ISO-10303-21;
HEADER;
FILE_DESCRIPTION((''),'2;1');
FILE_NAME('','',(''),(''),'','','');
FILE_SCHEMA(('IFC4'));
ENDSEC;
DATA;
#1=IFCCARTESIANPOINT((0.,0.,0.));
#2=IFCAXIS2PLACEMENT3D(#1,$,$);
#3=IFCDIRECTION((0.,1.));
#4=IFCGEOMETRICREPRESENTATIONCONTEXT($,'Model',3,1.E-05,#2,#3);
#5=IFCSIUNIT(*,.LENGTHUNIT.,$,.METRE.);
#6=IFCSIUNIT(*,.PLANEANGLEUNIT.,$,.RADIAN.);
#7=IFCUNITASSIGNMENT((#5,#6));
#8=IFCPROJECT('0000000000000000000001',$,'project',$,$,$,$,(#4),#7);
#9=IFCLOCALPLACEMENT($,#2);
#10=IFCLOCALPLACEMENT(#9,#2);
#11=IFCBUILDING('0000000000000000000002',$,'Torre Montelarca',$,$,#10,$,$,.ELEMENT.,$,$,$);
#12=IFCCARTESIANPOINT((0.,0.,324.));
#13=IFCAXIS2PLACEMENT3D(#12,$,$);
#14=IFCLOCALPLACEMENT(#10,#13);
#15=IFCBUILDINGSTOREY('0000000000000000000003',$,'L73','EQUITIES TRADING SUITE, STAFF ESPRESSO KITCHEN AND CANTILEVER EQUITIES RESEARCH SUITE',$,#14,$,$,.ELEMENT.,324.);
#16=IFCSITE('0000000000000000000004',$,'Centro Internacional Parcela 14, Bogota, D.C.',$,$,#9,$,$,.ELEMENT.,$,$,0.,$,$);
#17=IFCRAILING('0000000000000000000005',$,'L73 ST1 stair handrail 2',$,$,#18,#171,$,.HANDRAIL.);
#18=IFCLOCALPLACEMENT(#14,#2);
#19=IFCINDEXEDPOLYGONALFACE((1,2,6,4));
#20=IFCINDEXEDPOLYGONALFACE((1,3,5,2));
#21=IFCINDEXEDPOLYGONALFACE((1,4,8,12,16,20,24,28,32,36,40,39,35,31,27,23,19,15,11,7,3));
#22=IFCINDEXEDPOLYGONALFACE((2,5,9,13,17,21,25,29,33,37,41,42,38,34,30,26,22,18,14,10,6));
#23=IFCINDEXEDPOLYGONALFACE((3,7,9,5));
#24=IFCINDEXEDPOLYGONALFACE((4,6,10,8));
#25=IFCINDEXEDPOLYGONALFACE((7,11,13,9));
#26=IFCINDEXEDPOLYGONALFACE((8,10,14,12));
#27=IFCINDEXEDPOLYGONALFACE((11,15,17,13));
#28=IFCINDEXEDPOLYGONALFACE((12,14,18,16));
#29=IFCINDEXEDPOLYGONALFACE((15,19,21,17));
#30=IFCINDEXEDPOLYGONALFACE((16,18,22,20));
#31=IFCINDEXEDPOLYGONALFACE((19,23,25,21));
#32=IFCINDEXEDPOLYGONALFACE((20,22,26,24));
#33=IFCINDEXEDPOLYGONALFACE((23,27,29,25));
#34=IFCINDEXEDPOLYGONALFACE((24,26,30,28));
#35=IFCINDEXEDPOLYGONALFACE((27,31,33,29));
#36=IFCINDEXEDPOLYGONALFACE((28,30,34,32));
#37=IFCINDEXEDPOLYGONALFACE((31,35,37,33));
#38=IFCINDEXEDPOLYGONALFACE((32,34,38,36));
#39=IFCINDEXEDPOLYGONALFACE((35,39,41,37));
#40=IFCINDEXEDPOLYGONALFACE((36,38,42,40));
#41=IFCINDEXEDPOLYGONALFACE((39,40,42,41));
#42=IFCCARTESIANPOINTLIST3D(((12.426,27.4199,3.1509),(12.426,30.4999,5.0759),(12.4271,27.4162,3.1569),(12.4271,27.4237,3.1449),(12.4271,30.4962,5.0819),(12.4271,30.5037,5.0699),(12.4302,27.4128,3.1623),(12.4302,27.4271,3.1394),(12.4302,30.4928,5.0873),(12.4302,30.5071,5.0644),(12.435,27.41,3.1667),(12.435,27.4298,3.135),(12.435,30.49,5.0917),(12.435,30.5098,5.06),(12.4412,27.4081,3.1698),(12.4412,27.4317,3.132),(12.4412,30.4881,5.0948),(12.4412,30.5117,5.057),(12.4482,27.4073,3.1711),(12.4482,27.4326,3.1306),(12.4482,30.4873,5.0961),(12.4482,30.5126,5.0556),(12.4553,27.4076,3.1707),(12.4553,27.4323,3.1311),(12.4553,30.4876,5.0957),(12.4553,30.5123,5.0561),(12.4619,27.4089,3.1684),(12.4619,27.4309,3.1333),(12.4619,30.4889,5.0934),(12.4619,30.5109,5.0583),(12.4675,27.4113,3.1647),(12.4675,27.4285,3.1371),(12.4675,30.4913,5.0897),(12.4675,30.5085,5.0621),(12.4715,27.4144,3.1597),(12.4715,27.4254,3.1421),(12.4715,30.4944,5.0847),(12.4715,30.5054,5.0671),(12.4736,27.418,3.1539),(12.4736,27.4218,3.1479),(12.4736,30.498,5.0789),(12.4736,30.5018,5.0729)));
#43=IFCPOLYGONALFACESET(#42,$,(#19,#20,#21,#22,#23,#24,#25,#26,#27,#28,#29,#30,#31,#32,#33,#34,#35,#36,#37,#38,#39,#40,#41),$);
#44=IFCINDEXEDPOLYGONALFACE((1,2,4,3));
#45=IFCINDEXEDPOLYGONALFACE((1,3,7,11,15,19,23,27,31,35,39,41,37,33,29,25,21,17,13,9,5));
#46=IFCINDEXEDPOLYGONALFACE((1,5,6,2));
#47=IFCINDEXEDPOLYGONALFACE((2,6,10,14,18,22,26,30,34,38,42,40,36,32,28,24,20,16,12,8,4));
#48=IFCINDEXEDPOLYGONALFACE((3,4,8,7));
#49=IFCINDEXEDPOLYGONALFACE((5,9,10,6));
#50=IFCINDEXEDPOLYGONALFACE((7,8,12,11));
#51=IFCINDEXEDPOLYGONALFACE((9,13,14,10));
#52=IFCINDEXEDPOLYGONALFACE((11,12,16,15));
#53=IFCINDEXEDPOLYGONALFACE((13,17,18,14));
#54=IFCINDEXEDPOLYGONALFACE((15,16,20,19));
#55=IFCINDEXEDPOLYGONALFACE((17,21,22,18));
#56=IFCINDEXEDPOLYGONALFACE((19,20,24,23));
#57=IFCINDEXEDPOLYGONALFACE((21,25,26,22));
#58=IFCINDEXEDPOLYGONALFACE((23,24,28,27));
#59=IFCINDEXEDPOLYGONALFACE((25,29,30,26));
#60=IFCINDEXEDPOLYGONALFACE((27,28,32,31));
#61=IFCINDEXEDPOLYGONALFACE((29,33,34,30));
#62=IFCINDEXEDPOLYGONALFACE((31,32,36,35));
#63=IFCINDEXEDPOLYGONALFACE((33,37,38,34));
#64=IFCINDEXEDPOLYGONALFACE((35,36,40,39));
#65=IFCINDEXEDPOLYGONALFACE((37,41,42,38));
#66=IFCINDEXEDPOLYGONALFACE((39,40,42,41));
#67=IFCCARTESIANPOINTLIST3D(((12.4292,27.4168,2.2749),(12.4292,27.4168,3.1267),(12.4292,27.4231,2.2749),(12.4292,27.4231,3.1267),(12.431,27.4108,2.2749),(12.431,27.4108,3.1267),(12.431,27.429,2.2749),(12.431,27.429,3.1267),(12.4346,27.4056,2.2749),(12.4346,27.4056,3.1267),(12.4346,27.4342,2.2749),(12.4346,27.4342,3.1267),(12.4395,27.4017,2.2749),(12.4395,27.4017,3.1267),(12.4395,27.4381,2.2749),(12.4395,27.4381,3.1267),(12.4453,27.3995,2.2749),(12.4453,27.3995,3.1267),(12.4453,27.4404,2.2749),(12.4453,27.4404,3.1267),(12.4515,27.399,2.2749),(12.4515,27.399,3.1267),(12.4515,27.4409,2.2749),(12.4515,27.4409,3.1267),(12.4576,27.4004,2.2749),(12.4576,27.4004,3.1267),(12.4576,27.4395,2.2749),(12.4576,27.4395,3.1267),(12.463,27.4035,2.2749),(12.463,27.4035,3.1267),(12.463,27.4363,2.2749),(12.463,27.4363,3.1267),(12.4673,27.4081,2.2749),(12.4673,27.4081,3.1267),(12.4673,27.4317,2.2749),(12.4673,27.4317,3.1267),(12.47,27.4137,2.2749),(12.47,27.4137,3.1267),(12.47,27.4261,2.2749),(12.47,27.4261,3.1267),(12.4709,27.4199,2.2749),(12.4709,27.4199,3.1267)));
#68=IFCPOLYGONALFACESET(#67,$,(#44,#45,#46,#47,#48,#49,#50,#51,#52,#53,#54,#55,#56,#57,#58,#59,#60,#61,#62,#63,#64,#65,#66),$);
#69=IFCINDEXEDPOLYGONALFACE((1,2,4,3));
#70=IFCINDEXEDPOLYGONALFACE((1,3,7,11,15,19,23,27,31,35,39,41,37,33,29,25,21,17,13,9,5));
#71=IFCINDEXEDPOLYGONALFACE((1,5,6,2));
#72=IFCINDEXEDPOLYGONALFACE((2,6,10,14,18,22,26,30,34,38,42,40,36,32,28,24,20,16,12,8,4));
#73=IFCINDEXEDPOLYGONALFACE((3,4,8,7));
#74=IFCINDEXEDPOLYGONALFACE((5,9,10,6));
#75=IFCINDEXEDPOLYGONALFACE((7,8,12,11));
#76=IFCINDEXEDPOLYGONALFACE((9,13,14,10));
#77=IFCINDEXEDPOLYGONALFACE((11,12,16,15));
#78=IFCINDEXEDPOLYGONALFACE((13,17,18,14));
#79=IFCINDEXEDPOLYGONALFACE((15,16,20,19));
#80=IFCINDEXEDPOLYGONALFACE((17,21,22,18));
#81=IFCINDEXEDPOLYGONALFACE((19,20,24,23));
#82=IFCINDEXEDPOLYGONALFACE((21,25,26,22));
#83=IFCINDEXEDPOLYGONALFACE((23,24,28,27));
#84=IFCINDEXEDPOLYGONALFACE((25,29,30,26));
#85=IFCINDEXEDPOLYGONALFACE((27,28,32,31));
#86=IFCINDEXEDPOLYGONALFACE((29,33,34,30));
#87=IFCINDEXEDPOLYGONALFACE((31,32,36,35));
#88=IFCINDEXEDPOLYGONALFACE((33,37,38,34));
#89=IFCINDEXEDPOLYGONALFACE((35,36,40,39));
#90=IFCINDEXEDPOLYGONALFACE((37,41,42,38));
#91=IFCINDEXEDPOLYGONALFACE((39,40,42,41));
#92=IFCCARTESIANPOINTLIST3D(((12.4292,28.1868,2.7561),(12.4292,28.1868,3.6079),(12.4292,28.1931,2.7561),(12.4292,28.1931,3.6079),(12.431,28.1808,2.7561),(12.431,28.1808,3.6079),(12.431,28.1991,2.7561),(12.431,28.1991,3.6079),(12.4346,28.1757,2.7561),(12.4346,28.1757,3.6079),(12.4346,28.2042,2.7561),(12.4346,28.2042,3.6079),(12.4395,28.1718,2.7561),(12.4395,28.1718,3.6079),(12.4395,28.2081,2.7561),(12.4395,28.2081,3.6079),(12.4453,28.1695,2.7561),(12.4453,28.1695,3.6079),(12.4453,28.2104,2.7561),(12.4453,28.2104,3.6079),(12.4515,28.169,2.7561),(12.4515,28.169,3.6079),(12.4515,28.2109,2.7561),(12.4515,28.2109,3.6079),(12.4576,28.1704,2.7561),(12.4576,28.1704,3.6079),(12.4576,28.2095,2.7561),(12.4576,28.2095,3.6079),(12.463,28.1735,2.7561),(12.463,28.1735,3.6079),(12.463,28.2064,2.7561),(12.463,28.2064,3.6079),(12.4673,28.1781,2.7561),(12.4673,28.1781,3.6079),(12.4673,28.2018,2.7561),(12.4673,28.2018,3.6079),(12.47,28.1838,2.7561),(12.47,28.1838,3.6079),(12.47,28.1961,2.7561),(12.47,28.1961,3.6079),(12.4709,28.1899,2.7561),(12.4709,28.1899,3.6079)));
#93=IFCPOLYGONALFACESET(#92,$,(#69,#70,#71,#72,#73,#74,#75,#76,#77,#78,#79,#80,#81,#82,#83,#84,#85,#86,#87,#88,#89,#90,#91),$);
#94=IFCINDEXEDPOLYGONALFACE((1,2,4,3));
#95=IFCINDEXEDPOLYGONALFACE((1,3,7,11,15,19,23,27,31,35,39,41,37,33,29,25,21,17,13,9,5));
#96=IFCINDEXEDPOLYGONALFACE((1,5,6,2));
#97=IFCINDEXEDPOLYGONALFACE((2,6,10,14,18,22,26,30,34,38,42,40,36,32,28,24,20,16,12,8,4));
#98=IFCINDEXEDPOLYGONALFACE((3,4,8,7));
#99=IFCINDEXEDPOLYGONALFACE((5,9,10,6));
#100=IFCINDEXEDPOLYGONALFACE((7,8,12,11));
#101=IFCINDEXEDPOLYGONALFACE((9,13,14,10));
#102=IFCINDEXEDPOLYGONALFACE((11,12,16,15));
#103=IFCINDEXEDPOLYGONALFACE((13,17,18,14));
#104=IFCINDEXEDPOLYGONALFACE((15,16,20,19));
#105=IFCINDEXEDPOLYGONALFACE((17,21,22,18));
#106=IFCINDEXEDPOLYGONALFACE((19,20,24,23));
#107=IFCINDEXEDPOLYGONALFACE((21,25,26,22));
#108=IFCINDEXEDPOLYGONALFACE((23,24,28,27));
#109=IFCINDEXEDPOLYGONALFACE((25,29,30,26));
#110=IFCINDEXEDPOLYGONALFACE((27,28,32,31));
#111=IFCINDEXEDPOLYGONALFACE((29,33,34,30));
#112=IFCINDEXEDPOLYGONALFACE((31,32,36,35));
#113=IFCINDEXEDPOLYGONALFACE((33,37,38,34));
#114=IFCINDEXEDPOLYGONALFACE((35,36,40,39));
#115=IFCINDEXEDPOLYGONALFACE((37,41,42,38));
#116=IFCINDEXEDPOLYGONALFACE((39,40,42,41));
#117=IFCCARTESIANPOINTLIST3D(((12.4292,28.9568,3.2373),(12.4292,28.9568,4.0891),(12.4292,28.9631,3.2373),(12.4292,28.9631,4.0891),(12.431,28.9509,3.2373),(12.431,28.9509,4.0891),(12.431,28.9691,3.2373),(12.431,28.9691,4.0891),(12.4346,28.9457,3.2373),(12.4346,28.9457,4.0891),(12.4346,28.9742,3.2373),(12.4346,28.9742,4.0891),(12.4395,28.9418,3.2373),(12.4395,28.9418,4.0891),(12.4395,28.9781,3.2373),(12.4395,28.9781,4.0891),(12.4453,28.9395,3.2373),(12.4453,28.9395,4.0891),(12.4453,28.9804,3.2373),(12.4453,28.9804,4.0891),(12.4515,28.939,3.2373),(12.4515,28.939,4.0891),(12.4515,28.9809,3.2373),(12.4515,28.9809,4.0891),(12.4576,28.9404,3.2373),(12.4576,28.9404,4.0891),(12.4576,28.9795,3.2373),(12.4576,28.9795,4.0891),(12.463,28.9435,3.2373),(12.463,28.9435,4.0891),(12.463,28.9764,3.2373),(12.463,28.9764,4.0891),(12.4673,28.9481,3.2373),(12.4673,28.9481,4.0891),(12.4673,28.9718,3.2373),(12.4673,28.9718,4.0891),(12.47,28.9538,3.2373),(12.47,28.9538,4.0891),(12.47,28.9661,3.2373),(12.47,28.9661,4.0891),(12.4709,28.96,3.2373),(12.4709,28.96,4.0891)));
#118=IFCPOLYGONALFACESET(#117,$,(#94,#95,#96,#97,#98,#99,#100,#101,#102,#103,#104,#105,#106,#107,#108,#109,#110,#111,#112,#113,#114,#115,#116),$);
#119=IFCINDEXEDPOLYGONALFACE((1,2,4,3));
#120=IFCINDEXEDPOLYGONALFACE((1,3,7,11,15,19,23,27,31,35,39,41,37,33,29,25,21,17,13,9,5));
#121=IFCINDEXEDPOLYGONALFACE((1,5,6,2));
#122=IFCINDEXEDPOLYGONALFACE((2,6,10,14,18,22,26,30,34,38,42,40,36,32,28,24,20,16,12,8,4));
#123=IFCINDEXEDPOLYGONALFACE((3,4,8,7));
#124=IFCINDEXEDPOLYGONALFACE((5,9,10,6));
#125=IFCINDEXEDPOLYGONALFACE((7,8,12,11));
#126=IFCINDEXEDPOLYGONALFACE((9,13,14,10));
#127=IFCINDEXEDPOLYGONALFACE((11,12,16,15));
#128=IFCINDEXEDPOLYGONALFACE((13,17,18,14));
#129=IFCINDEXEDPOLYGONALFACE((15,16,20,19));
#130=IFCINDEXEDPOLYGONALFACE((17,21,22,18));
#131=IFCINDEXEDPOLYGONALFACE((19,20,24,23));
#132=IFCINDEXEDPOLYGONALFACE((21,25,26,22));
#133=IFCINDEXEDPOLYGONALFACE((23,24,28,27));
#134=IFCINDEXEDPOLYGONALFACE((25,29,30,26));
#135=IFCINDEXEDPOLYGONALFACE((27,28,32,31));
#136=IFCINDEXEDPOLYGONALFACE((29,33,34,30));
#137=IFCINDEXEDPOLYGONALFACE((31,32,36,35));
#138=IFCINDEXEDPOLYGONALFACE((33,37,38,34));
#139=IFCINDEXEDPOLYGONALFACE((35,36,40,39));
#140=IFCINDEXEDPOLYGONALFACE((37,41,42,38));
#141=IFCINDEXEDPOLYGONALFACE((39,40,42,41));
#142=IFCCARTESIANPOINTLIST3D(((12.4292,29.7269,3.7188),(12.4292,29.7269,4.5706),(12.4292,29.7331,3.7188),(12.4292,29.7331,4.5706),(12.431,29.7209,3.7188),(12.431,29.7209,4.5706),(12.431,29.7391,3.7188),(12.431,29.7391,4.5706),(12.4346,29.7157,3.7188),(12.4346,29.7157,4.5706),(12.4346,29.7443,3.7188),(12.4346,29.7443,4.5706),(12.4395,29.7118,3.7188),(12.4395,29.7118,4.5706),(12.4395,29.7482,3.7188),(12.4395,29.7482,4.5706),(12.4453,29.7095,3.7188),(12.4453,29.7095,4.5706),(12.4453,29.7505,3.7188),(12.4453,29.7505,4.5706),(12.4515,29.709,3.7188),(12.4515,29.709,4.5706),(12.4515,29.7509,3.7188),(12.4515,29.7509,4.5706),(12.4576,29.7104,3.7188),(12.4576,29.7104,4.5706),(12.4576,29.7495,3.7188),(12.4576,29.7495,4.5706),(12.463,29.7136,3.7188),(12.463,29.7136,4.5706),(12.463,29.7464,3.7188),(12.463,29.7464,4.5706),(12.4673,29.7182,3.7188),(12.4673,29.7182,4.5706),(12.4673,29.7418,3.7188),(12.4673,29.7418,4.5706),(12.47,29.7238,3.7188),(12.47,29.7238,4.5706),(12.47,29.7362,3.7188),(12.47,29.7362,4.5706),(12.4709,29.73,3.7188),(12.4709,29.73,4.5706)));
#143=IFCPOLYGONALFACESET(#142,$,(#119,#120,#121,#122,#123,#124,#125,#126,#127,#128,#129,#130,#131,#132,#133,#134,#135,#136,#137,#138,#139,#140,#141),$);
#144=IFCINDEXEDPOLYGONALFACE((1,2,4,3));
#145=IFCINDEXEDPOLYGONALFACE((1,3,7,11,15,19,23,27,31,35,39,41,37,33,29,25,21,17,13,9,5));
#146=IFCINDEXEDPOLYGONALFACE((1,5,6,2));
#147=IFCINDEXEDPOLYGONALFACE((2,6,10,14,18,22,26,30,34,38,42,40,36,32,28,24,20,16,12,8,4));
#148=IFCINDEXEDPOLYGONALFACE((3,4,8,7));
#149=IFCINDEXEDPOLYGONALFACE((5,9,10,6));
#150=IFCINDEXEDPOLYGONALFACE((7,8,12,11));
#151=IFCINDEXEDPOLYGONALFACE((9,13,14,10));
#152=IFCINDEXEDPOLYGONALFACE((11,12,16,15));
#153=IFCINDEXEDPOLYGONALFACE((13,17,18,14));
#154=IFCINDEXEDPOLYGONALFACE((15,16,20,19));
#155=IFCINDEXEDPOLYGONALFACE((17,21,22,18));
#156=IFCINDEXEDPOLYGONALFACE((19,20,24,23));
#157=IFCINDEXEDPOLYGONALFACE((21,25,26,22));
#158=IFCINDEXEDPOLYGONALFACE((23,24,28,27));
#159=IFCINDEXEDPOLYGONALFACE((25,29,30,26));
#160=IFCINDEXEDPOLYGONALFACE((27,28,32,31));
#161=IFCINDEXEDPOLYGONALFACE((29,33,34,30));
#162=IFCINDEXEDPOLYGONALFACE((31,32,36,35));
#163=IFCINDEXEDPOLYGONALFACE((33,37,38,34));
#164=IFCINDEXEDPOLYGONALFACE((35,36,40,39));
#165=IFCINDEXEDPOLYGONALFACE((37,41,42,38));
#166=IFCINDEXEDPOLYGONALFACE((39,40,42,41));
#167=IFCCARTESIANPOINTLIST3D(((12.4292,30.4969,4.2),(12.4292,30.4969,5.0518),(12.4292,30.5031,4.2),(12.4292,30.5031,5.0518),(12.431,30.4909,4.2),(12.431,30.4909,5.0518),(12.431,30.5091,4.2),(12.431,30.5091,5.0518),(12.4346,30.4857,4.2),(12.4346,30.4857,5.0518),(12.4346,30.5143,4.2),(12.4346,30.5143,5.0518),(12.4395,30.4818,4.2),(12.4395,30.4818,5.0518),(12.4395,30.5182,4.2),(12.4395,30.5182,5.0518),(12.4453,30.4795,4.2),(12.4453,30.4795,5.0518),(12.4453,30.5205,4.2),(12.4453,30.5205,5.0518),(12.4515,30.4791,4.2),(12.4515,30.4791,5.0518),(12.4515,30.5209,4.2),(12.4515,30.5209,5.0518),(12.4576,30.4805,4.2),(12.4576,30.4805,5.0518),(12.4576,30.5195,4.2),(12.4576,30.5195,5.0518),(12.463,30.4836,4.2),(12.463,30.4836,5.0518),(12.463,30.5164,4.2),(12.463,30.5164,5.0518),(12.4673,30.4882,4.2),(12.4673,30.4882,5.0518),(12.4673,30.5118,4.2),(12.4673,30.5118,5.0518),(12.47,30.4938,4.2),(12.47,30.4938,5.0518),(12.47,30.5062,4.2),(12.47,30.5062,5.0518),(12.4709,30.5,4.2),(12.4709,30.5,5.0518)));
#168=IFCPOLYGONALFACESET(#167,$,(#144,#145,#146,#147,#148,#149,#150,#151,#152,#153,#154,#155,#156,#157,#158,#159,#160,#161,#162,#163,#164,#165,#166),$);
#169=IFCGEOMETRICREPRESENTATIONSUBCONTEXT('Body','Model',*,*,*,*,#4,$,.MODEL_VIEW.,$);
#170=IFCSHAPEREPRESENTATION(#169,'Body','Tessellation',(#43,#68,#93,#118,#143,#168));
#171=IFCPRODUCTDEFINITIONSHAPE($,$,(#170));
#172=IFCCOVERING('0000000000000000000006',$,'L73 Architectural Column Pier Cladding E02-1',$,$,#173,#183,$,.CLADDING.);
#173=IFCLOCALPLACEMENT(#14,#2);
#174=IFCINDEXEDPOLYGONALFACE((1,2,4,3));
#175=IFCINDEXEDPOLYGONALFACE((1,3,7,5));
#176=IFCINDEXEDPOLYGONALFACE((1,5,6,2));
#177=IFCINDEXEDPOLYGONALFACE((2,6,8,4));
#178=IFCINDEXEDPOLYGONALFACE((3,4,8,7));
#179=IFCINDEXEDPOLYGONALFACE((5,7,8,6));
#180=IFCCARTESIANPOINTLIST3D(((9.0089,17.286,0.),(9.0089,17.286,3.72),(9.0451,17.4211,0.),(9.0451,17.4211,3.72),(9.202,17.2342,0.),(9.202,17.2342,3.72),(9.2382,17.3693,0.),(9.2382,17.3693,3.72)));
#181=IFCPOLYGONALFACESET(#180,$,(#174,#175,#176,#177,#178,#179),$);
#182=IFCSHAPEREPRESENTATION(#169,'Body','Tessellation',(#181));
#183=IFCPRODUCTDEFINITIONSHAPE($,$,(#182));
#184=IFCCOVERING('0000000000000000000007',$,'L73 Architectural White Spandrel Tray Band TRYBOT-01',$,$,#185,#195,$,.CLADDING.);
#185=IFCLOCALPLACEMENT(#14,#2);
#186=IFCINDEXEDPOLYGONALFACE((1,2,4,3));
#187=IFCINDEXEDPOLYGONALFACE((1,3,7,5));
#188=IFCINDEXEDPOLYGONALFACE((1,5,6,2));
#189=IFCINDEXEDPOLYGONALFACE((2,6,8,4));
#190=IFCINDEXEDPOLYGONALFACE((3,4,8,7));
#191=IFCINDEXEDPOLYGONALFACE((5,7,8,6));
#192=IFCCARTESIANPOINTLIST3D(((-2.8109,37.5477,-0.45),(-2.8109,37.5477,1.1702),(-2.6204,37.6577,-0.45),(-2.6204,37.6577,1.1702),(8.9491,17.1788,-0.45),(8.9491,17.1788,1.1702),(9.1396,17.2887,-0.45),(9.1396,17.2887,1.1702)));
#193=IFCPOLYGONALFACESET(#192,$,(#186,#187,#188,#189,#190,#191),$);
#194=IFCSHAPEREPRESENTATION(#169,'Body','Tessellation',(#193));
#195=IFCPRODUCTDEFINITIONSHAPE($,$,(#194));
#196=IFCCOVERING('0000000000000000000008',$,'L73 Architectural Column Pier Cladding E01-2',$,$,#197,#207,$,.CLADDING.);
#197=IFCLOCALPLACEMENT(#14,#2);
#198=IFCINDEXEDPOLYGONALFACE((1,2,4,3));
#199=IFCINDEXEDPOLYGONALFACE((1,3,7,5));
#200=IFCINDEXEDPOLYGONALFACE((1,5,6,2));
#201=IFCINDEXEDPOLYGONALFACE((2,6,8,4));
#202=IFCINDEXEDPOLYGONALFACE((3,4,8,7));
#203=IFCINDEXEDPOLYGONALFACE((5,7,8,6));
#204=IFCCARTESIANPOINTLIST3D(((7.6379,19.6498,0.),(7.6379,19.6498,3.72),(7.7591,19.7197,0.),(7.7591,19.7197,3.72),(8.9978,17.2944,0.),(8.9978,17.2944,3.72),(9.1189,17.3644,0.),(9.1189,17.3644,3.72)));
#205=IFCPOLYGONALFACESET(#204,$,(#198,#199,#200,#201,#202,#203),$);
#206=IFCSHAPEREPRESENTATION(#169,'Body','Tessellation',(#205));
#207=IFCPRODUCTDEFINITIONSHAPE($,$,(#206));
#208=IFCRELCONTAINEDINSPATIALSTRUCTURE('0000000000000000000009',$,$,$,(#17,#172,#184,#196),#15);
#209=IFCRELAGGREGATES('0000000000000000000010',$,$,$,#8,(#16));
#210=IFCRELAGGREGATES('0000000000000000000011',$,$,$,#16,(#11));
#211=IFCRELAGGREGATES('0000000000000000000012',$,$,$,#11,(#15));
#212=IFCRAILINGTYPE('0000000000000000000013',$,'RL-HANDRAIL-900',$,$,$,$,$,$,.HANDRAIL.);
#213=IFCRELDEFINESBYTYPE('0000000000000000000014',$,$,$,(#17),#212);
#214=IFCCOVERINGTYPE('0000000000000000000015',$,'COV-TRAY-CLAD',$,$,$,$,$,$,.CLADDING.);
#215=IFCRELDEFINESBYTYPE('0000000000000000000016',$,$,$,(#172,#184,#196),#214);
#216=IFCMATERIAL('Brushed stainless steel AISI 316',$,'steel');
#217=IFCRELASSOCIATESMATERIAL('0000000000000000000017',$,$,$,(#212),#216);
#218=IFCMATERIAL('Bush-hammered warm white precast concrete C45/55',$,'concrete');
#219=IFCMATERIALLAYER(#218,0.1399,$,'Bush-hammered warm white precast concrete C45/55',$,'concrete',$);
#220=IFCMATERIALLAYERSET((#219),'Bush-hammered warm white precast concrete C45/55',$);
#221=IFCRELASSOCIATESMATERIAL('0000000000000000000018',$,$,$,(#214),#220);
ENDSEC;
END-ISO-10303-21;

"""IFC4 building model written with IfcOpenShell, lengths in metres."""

from ifc_helpers import new_model, si_unit, direction, frame, origin, origin_2d, place, context, subcontext, project, spatial, rectangle, circle, extrude, source, transform, mapped, material, layer, layer_set, type_object, element, save


model = new_model("IFC4")

# Units and contexts
model_context = context("Model", 3, precision=1e-05, world=origin(), true_north=direction((0.0, 1.0)))
body_context = subcontext(model_context, "Body", "Model", "MODEL_VIEW")
ifc_project = project(units=[si_unit("LENGTHUNIT", "METRE"), si_unit("PLANEANGLEUNIT", "RADIAN")], contexts=[model_context])

# Site, building, storey
site_placement = place(None, origin())
site = spatial("IfcSite", under=ifc_project, at=site_placement, Name="Centro Internacional Parcela 14, Bogota, D.C.", CompositionType="ELEMENT", RefElevation=0.0)
building_placement = place(site_placement, origin())
building = spatial("IfcBuilding", under=site, at=building_placement, Name="Torre Montelarca", CompositionType="ELEMENT")
storey_placement = place(building_placement, frame((0.0, 0.0, 324.0)))
storey = spatial("IfcBuildingStorey", under=building, at=storey_placement, Name="L73", Description="EQUITIES TRADING SUITE, STAFF ESPRESSO KITCHEN AND CANTILEVER EQUITIES RESEARCH SUITE", CompositionType="ELEMENT", Elevation=324.0)

# Railing
ifc_material_1 = material(Name="Brushed stainless steel AISI 316", Category="steel")
railing_type_1 = type_object("IfcRailingType", Name="RL-HANDRAIL-900", PredefinedType="HANDRAIL", material=ifc_material_1)
railing_1_placement = place(storey_placement, frame((12.45, 27.4199, 2.2749)))
element("IfcRailing", 1, at=railing_1_placement, inside=storey, type_object=railing_type_1, Name="L73 ST1 stair handrail 2", PredefinedType="HANDRAIL", context=body_context, shape_type="SweptSolid", body=[
    extrude(circle(Radius=0.0239, at=origin_2d()), frame((0.0, 0.0, 0.876), z_axis=(0.0, 0.847998, 0.529999), x_axis=(-1.0, 0.0, 0.0)), (0.0, 0.0, 1.0), 3.6321),
    extrude(circle(Radius=0.021, at=origin_2d()), origin(), (0.0, 0.0, 1.0), 0.8518),
    extrude(circle(Radius=0.021, at=origin_2d()), frame((0.0, 0.77, 0.4812)), (0.0, 0.0, 1.0), 0.8518),
    extrude(circle(Radius=0.021, at=origin_2d()), frame((0.0, 1.54, 0.9624)), (0.0, 0.0, 1.0), 0.8518),
    extrude(circle(Radius=0.021, at=origin_2d()), frame((0.0, 2.3101, 1.4438)), (0.0, 0.0, 1.0), 0.8518),
    extrude(circle(Radius=0.021, at=origin_2d()), frame((0.0, 3.0801, 1.925)), (0.0, 0.0, 1.0), 0.8518),
])

# Coverings
ifc_material_2 = material(Name="Bush-hammered warm white precast concrete C45/55", Category="concrete")
ifc_layer_1 = layer(ifc_material_2, 0.1399, Name="Bush-hammered warm white precast concrete C45/55", Category="concrete")
ifc_layer_set_1 = layer_set([ifc_layer_1], Name="Bush-hammered warm white precast concrete C45/55")
covering_type = type_object("IfcCoveringType", Name="COV-TRAY-CLAD", PredefinedType="CLADDING", material=ifc_layer_set_1)
shared_shape_1 = source(origin(), body_context, "Body", "SweptSolid", [
    extrude(rectangle(XDim=0.2, YDim=0.1399, at=origin_2d()), origin(), (0.0, 0.0, 1.0), 3.72),
])
covering_1_placement = place(storey_placement, frame((9.1235, 17.3276, 0.0), z_axis=(0.0, 0.0, 1.0), x_axis=(0.965924, -0.258826, 0.0)))
element("IfcCovering", 2, at=covering_1_placement, inside=storey, type_object=covering_type, Name="L73 Architectural Column Pier Cladding E02-1", PredefinedType="CLADDING", context=body_context, shape_type="MappedRepresentation", body=[
    mapped(shared_shape_1, transform((0.0, 0.0, 0.0), scale=1.0)),
])
shared_shape_2 = source(origin(), body_context, "Body", "SweptSolid", [
    extrude(rectangle(XDim=23.52, YDim=0.22, at=origin_2d()), origin(), (0.0, 0.0, 1.0), 1.6201),
])
covering_2_placement = place(storey_placement, frame((3.1643, 27.4182, -0.45), z_axis=(0.0, 0.0, 1.0), x_axis=(0.5, -0.866025, 0.0)))
element("IfcCovering", 3, at=covering_2_placement, inside=storey, type_object=covering_type, Name="L73 Architectural White Spandrel Tray Band TRYBOT-01", PredefinedType="CLADDING", context=body_context, shape_type="MappedRepresentation", body=[
    mapped(shared_shape_2, transform((0.0, 0.0, 0.0), scale=1.0)),
])
shared_shape_3 = source(origin(), body_context, "Body", "SweptSolid", [
    extrude(rectangle(XDim=2.7197, YDim=0.1399, at=origin_2d()), origin(), (0.0, 0.0, 1.0), 3.72),
])
covering_3_placement = place(storey_placement, frame((8.3784, 18.5071, 0.0), z_axis=(0.0, 0.0, 1.0), x_axis=(0.5, -0.866025, 0.0)))
element("IfcCovering", 4, at=covering_3_placement, inside=storey, type_object=covering_type, Name="L73 Architectural Column Pier Cladding E01-2", PredefinedType="CLADDING", context=body_context, shape_type="MappedRepresentation", body=[
    mapped(shared_shape_3, transform((0.0, 0.0, 0.0), scale=1.0)),
])

save(model, "model.ifc")
